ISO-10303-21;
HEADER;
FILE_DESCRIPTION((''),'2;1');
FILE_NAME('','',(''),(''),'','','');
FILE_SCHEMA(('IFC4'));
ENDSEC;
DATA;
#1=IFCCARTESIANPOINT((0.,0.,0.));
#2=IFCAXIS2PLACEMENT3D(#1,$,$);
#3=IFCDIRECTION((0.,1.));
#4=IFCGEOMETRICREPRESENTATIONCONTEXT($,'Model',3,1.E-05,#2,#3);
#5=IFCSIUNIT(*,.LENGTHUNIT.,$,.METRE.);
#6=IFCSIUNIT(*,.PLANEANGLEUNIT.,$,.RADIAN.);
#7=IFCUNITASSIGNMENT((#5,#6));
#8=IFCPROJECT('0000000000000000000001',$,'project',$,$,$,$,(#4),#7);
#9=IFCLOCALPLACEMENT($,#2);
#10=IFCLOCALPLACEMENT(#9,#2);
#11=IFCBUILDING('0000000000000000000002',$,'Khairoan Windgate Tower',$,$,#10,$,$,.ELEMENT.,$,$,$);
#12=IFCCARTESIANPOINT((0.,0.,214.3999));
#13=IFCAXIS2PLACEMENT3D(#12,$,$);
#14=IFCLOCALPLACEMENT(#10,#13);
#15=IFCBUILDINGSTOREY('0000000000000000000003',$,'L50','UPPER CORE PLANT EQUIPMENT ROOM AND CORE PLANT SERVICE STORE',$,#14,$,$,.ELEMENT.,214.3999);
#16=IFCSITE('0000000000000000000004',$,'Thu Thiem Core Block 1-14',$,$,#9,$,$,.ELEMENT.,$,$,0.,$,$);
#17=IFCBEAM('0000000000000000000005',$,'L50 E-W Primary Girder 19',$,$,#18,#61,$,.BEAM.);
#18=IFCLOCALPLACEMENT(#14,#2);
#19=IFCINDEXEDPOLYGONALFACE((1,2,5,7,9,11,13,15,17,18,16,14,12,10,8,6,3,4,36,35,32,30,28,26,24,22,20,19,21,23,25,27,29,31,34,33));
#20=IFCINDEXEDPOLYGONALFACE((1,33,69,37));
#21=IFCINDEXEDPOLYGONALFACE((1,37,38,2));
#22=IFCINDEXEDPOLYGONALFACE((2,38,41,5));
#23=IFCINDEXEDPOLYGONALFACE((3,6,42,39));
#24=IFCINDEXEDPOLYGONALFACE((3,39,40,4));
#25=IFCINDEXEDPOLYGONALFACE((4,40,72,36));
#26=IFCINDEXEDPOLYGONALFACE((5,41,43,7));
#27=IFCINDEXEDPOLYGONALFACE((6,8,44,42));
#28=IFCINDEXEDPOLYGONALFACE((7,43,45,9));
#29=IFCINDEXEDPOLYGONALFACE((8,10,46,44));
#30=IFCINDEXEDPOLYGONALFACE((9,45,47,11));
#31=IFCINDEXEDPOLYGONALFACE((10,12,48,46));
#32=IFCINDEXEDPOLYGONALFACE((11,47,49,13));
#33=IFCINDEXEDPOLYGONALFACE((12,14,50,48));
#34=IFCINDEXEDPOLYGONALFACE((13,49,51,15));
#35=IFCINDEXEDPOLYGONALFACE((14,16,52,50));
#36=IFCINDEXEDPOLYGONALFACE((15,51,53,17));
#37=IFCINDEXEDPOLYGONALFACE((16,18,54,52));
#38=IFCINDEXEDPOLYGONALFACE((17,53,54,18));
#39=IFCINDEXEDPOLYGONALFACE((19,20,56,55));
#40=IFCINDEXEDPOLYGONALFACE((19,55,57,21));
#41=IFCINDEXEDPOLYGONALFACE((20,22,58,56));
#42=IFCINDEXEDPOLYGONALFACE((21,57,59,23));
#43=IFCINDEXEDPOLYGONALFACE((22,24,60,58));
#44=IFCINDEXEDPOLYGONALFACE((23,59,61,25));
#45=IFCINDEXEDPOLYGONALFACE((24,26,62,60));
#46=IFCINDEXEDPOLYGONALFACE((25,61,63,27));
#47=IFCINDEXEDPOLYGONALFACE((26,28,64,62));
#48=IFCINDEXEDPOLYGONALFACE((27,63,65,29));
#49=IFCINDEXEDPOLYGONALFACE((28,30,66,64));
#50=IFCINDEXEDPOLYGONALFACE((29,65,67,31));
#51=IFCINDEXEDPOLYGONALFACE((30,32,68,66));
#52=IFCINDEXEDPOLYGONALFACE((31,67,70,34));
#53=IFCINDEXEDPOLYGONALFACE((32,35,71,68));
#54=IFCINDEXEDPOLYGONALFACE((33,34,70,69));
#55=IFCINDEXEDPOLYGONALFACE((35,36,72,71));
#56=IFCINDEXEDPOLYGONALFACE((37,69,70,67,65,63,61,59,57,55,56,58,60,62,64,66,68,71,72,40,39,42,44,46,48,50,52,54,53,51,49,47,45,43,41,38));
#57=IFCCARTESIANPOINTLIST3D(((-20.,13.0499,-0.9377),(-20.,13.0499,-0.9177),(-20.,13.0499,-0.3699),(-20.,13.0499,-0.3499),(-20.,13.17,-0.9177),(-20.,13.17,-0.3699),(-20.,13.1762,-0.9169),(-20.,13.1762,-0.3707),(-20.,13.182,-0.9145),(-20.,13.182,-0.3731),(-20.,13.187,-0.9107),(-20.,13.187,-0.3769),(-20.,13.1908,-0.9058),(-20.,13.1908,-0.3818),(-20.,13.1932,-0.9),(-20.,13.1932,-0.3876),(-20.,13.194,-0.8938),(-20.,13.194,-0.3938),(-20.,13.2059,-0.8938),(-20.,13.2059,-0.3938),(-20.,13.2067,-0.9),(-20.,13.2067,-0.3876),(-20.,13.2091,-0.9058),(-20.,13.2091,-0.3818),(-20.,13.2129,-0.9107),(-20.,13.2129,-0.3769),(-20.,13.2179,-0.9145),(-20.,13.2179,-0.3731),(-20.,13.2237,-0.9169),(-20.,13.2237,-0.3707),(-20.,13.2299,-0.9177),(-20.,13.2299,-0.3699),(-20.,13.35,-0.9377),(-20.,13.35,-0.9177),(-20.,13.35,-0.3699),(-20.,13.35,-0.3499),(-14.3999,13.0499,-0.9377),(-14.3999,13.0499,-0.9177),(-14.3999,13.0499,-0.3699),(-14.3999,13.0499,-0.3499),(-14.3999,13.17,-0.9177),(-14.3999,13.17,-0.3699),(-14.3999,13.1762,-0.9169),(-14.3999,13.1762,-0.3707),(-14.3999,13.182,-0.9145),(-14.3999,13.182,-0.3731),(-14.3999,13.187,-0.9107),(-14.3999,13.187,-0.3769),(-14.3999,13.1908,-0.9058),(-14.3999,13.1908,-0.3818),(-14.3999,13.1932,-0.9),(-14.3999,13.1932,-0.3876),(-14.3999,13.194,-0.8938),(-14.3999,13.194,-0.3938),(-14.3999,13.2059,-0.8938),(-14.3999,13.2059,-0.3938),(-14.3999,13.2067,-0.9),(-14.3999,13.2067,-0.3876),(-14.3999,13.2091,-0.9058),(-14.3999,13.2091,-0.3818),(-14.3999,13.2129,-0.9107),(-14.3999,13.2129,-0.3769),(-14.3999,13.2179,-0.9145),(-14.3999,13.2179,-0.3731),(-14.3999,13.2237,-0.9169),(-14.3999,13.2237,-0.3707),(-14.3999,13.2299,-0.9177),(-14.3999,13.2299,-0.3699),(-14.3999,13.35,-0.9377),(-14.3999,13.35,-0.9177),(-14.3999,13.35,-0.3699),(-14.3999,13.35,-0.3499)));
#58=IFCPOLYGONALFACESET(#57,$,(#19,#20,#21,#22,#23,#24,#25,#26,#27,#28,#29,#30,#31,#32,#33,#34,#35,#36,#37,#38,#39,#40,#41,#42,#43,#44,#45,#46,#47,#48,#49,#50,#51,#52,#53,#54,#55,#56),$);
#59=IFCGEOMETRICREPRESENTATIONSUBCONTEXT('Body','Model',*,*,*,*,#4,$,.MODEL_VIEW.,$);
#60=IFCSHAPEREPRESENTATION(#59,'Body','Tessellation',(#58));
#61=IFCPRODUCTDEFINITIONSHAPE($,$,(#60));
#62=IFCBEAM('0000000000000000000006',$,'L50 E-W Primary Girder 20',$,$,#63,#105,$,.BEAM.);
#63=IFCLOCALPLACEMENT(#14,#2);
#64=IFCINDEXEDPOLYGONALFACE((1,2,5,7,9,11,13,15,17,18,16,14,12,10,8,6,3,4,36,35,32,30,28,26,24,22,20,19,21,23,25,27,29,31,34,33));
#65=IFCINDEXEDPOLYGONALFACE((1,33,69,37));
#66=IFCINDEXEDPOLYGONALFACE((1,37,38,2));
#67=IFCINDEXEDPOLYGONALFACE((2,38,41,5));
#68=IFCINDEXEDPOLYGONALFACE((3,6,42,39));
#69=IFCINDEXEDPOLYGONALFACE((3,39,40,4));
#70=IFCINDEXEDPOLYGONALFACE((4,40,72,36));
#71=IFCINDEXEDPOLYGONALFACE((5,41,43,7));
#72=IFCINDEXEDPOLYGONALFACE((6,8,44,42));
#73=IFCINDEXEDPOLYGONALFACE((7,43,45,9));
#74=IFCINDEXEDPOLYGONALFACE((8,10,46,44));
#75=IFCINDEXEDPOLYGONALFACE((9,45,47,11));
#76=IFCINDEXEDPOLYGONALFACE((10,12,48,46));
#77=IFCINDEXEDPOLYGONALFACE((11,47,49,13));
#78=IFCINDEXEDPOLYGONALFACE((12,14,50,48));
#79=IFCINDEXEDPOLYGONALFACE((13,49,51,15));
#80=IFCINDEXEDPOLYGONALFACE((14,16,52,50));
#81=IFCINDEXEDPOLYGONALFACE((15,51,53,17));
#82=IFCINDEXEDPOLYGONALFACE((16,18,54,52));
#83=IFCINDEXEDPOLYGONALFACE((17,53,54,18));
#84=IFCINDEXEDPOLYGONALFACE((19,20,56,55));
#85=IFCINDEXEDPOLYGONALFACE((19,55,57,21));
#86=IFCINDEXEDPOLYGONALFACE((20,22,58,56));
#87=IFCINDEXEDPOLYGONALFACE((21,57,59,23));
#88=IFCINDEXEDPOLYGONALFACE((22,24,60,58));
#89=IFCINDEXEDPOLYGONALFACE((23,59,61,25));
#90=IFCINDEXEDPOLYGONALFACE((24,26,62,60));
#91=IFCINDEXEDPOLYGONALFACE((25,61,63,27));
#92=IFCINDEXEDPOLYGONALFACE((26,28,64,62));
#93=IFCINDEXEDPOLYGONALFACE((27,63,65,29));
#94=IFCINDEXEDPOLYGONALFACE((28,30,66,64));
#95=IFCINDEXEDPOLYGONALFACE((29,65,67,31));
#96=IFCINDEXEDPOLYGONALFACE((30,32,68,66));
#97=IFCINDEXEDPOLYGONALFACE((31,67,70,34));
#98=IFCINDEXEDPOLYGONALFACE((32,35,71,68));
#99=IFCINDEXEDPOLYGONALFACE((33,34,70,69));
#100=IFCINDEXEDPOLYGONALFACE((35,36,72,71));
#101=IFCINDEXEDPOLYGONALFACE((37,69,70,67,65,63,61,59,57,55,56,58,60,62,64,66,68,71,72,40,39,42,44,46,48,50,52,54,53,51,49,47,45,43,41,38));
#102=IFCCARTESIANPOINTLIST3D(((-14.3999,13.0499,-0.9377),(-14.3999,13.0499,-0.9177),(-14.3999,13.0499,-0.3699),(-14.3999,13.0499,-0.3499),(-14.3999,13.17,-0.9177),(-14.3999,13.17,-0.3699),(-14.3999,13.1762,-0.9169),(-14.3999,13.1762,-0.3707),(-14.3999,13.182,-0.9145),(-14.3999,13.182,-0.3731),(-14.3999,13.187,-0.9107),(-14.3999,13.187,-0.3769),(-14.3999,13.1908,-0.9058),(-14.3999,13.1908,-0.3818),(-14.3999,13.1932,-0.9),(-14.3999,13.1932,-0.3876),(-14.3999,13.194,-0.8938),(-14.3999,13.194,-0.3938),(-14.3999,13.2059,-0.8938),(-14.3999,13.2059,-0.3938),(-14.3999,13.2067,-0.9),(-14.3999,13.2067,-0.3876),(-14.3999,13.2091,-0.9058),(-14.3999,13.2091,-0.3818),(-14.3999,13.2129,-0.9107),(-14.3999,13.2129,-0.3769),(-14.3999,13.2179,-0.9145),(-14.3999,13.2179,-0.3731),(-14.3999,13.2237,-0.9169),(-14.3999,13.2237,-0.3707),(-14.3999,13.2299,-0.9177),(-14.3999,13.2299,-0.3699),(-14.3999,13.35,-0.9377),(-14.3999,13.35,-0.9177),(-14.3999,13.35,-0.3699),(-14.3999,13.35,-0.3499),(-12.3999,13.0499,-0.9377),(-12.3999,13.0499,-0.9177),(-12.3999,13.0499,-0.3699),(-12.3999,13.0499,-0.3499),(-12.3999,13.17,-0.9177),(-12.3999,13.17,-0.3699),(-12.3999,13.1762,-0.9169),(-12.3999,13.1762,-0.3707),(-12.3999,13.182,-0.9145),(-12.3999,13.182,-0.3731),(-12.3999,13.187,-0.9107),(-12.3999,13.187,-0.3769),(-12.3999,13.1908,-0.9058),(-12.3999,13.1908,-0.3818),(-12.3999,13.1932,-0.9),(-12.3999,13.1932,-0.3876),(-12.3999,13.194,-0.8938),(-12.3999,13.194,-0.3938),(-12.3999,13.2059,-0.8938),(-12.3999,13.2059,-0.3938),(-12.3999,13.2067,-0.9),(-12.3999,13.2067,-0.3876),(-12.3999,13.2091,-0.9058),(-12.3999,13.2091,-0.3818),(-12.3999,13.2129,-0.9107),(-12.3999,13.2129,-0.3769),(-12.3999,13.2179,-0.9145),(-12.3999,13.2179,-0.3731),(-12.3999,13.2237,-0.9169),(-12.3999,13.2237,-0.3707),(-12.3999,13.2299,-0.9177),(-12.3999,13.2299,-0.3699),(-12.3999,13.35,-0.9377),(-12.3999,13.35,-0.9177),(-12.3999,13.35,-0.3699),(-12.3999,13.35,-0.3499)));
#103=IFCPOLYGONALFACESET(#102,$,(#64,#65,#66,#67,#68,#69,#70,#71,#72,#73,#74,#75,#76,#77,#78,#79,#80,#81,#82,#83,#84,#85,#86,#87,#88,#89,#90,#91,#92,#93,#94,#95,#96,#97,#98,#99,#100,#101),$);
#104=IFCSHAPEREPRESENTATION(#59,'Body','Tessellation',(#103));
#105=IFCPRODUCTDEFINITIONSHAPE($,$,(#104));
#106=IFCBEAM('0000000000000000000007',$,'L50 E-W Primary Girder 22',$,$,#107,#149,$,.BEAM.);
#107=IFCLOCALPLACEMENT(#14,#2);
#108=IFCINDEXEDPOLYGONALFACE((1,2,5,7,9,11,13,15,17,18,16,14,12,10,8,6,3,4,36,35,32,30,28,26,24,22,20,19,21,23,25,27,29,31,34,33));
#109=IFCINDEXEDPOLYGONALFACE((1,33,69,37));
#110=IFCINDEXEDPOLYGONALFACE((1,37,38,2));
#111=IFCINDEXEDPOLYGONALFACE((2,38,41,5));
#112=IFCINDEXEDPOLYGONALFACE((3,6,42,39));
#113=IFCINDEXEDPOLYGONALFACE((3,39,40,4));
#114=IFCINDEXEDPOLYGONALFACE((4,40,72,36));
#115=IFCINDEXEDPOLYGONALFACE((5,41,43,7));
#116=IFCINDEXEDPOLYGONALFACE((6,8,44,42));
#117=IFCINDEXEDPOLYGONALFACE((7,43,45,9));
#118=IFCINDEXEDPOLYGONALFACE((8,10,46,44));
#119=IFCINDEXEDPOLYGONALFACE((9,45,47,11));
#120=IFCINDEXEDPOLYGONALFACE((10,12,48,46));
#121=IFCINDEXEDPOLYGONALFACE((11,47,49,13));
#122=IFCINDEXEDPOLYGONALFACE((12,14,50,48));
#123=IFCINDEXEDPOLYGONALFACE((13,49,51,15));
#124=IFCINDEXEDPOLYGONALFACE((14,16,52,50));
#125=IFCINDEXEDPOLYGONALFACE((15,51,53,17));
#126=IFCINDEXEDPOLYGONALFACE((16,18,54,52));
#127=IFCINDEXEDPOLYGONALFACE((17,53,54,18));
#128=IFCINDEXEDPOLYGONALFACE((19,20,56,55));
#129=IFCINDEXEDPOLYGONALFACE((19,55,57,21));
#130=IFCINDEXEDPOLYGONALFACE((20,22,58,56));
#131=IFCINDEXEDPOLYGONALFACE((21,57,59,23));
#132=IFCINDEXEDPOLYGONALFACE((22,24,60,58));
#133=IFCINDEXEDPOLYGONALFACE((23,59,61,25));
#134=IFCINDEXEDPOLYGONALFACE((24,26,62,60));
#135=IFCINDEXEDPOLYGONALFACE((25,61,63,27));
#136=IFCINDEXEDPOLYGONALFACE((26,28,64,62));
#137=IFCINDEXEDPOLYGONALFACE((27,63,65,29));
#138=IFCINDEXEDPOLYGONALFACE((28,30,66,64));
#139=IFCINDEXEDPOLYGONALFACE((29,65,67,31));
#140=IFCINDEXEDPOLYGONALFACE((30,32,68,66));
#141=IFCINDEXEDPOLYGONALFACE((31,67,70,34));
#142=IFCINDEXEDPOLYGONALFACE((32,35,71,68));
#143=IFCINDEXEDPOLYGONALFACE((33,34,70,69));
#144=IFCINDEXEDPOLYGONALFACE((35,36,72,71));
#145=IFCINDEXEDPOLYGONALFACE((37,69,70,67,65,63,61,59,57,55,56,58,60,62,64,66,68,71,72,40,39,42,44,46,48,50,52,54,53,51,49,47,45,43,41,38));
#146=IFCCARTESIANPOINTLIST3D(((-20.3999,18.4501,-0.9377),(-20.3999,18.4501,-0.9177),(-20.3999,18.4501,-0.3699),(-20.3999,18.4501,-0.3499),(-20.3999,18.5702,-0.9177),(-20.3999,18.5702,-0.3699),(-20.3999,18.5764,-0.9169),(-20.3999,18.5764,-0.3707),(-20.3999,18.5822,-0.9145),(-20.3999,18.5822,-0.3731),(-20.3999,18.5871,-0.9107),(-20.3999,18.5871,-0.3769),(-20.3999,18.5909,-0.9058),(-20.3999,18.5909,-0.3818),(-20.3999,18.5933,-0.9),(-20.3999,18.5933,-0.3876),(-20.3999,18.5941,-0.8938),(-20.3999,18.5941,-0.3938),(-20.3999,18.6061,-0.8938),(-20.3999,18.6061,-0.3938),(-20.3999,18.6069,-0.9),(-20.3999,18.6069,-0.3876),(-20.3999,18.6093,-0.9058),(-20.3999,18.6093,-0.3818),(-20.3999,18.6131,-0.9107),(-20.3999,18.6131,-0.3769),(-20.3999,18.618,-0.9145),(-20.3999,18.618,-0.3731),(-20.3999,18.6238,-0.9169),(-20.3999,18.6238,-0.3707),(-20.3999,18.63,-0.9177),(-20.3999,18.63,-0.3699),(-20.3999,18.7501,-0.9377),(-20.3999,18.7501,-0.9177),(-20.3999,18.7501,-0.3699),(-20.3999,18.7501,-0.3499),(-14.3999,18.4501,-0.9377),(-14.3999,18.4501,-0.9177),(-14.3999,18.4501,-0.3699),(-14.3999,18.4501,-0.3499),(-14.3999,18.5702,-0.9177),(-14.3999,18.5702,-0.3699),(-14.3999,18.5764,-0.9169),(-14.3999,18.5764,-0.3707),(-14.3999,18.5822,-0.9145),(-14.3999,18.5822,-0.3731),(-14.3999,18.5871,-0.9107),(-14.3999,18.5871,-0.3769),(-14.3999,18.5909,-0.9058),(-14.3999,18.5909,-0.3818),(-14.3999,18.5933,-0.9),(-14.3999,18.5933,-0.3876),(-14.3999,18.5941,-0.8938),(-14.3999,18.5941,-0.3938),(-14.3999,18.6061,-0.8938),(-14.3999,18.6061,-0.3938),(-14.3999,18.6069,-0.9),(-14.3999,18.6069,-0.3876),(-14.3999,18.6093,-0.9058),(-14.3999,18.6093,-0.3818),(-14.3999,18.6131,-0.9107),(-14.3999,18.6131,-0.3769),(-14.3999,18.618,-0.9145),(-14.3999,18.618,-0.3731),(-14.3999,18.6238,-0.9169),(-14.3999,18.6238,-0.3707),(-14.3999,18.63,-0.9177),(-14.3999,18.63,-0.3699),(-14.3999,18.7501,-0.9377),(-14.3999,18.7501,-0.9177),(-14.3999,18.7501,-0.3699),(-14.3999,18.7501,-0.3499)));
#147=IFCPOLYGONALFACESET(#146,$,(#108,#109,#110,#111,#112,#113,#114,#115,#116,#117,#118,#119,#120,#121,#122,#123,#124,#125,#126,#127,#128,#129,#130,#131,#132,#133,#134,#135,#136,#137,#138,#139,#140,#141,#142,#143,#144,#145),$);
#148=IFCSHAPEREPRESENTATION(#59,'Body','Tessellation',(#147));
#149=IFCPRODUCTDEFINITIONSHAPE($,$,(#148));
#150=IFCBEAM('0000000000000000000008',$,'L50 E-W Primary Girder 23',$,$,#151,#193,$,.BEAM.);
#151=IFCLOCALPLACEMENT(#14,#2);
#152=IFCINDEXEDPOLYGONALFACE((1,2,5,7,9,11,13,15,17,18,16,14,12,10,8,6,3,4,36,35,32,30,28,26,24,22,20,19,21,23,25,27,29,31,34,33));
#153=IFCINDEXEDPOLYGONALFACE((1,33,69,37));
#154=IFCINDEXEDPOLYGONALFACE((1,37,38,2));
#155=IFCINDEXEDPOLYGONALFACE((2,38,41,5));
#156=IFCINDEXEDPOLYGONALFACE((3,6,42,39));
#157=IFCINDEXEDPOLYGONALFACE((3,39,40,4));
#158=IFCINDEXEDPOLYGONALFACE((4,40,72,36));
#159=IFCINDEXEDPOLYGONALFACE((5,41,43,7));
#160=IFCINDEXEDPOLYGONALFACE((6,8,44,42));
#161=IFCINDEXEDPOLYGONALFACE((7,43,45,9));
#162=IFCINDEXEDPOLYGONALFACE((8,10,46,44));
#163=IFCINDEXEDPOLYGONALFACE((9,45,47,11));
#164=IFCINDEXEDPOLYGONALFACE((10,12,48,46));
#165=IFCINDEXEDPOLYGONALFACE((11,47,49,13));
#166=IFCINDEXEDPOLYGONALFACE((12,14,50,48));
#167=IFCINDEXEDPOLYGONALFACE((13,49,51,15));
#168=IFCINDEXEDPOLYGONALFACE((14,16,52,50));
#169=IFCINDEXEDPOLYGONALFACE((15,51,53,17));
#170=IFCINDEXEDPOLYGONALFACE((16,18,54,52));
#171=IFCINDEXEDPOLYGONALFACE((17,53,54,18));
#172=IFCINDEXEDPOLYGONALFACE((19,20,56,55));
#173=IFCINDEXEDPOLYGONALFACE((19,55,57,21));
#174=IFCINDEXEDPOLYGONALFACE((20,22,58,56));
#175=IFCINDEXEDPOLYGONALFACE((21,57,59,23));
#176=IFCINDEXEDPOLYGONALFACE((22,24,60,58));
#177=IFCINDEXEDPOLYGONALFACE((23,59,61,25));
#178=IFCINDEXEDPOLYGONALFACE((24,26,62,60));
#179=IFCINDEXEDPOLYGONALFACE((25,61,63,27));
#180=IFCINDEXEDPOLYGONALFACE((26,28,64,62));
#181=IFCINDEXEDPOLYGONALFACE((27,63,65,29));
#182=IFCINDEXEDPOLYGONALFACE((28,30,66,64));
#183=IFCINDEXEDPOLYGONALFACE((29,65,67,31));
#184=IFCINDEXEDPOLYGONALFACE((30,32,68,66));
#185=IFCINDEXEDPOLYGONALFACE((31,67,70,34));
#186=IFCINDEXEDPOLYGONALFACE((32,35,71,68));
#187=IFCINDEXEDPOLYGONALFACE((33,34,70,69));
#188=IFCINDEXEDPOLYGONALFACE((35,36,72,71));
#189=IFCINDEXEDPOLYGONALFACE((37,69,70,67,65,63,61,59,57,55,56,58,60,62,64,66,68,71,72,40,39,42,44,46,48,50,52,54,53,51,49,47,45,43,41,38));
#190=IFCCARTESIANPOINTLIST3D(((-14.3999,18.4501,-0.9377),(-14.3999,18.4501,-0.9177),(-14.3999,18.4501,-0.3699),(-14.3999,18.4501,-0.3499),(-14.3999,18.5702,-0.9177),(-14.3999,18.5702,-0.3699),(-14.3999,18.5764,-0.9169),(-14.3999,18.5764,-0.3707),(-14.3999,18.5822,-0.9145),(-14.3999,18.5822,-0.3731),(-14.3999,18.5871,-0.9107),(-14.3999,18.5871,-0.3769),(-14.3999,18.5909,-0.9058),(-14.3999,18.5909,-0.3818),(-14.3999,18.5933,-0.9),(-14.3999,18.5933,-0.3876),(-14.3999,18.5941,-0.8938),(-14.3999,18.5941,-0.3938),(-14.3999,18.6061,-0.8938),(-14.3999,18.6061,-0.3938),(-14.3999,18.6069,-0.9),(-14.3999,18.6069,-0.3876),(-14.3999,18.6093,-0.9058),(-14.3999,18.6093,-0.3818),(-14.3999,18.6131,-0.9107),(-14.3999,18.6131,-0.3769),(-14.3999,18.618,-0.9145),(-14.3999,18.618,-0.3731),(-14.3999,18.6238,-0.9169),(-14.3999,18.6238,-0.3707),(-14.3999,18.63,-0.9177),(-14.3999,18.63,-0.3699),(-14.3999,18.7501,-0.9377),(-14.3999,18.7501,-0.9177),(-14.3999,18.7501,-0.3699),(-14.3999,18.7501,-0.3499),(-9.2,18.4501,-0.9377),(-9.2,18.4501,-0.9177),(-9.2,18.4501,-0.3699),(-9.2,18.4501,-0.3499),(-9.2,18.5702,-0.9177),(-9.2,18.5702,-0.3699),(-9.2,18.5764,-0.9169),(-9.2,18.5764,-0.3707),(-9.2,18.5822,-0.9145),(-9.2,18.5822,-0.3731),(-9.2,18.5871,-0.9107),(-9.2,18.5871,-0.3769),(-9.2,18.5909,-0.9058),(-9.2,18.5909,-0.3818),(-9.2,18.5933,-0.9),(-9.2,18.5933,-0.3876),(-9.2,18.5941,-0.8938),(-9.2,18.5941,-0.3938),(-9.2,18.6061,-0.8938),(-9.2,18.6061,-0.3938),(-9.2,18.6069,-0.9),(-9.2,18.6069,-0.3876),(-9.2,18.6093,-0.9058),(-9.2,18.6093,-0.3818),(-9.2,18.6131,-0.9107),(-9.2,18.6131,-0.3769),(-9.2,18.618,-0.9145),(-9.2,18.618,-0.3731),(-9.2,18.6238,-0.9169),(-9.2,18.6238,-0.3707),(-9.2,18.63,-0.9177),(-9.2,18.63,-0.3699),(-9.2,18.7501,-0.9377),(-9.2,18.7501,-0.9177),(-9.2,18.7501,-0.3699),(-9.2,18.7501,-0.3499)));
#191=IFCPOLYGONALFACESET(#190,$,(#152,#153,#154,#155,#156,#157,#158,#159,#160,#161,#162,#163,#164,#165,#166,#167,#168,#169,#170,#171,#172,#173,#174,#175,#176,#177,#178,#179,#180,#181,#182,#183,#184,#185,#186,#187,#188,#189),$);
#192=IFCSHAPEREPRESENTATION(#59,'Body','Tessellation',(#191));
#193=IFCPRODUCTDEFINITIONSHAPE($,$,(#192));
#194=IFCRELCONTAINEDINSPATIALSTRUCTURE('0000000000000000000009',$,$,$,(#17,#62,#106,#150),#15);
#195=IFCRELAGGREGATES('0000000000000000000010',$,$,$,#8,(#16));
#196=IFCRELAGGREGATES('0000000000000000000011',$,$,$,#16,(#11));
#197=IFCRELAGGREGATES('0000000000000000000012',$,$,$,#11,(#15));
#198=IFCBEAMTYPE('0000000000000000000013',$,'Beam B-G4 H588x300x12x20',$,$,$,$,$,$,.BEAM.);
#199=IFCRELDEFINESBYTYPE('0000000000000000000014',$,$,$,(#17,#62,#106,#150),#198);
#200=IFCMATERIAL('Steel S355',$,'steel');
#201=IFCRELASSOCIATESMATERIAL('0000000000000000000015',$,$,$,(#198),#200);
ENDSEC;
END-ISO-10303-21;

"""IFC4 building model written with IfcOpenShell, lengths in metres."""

from ifc_helpers import new_model, si_unit, direction, frame, origin, origin_2d, place, context, subcontext, project, spatial, i_section, extrude, material, material_profile, profile_set, type_object, element, save


model = new_model("IFC4")

# Units and contexts
model_context = context("Model", 3, precision=1e-05, world=origin(), true_north=direction((0.0, 1.0)))
body_context = subcontext(model_context, "Body", "Model", "MODEL_VIEW")
ifc_project = project(units=[si_unit("LENGTHUNIT", "METRE"), si_unit("PLANEANGLEUNIT", "RADIAN")], contexts=[model_context])

# Site, building, storey
site_placement = place(None, origin())
site = spatial("IfcSite", under=ifc_project, at=site_placement, Name="Thu Thiem Core Block 1-14", CompositionType="ELEMENT", RefElevation=0.0)
building_placement = place(site_placement, origin())
building = spatial("IfcBuilding", under=site, at=building_placement, Name="Khairoan Windgate Tower", CompositionType="ELEMENT")
storey_placement = place(building_placement, frame((0.0, 0.0, 214.3999)))
storey = spatial("IfcBuildingStorey", under=building, at=storey_placement, Name="L50", Description="UPPER CORE PLANT EQUIPMENT ROOM AND CORE PLANT SERVICE STORE", CompositionType="ELEMENT", Elevation=214.3999)

# Beams
ifc_material_1 = material(Name="Steel S355", Category="steel")
ifc_material_profile_1 = material_profile(ifc_material_1, i_section(OverallWidth=0.3, OverallDepth=0.5879, WebThickness=0.012, FlangeThickness=0.02, FilletRadius=0.0239, at=origin_2d()))
ifc_profile_set_1 = profile_set([ifc_material_profile_1], Name="Steel S355")
beam_type_1 = type_object("IfcBeamType", Name="Beam B-G4 H588x300x12x20", PredefinedType="BEAM", material=ifc_profile_set_1)
beam_1_placement = place(storey_placement, frame((-20.0, 13.2, -0.6438), z_axis=(1.0, 0.0, 0.0), x_axis=(0.0, 1.0, 0.0)))
element("IfcBeam", 1, at=beam_1_placement, inside=storey, type_object=beam_type_1, Name="L50 E-W Primary Girder 19", PredefinedType="BEAM", context=body_context, shape_type="SweptSolid", body=[
    extrude(i_section(OverallWidth=0.3, OverallDepth=0.5879, WebThickness=0.012, FlangeThickness=0.02, FilletRadius=0.0239, at=origin_2d()), origin(), (0.0, 0.0, 1.0), 5.6001),
])
beam_2_placement = place(storey_placement, frame((-14.3999, 13.2, -0.6438), z_axis=(1.0, 0.0, 0.0), x_axis=(0.0, 1.0, 0.0)))
element("IfcBeam", 2, at=beam_2_placement, inside=storey, type_object=beam_type_1, Name="L50 E-W Primary Girder 20", PredefinedType="BEAM", context=body_context, shape_type="SweptSolid", body=[
    extrude(i_section(OverallWidth=0.3, OverallDepth=0.5879, WebThickness=0.012, FlangeThickness=0.02, FilletRadius=0.0239, at=origin_2d()), origin(), (0.0, 0.0, 1.0), 2.0),
])
beam_3_placement = place(storey_placement, frame((-20.3999, 18.6001, -0.6438), z_axis=(1.0, 0.0, 0.0), x_axis=(0.0, 1.0, 0.0)))
element("IfcBeam", 3, at=beam_3_placement, inside=storey, type_object=beam_type_1, Name="L50 E-W Primary Girder 22", PredefinedType="BEAM", context=body_context, shape_type="SweptSolid", body=[
    extrude(i_section(OverallWidth=0.3, OverallDepth=0.5879, WebThickness=0.012, FlangeThickness=0.02, FilletRadius=0.0239, at=origin_2d()), origin(), (0.0, 0.0, 1.0), 6.0),
])
beam_4_placement = place(storey_placement, frame((-14.3999, 18.6001, -0.6438), z_axis=(1.0, 0.0, 0.0), x_axis=(0.0, 1.0, 0.0)))
element("IfcBeam", 4, at=beam_4_placement, inside=storey, type_object=beam_type_1, Name="L50 E-W Primary Girder 23", PredefinedType="BEAM", context=body_context, shape_type="SweptSolid", body=[
    extrude(i_section(OverallWidth=0.3, OverallDepth=0.5879, WebThickness=0.012, FlangeThickness=0.02, FilletRadius=0.0239, at=origin_2d()), origin(), (0.0, 0.0, 1.0), 5.2),
])

save(model, "model.ifc")
